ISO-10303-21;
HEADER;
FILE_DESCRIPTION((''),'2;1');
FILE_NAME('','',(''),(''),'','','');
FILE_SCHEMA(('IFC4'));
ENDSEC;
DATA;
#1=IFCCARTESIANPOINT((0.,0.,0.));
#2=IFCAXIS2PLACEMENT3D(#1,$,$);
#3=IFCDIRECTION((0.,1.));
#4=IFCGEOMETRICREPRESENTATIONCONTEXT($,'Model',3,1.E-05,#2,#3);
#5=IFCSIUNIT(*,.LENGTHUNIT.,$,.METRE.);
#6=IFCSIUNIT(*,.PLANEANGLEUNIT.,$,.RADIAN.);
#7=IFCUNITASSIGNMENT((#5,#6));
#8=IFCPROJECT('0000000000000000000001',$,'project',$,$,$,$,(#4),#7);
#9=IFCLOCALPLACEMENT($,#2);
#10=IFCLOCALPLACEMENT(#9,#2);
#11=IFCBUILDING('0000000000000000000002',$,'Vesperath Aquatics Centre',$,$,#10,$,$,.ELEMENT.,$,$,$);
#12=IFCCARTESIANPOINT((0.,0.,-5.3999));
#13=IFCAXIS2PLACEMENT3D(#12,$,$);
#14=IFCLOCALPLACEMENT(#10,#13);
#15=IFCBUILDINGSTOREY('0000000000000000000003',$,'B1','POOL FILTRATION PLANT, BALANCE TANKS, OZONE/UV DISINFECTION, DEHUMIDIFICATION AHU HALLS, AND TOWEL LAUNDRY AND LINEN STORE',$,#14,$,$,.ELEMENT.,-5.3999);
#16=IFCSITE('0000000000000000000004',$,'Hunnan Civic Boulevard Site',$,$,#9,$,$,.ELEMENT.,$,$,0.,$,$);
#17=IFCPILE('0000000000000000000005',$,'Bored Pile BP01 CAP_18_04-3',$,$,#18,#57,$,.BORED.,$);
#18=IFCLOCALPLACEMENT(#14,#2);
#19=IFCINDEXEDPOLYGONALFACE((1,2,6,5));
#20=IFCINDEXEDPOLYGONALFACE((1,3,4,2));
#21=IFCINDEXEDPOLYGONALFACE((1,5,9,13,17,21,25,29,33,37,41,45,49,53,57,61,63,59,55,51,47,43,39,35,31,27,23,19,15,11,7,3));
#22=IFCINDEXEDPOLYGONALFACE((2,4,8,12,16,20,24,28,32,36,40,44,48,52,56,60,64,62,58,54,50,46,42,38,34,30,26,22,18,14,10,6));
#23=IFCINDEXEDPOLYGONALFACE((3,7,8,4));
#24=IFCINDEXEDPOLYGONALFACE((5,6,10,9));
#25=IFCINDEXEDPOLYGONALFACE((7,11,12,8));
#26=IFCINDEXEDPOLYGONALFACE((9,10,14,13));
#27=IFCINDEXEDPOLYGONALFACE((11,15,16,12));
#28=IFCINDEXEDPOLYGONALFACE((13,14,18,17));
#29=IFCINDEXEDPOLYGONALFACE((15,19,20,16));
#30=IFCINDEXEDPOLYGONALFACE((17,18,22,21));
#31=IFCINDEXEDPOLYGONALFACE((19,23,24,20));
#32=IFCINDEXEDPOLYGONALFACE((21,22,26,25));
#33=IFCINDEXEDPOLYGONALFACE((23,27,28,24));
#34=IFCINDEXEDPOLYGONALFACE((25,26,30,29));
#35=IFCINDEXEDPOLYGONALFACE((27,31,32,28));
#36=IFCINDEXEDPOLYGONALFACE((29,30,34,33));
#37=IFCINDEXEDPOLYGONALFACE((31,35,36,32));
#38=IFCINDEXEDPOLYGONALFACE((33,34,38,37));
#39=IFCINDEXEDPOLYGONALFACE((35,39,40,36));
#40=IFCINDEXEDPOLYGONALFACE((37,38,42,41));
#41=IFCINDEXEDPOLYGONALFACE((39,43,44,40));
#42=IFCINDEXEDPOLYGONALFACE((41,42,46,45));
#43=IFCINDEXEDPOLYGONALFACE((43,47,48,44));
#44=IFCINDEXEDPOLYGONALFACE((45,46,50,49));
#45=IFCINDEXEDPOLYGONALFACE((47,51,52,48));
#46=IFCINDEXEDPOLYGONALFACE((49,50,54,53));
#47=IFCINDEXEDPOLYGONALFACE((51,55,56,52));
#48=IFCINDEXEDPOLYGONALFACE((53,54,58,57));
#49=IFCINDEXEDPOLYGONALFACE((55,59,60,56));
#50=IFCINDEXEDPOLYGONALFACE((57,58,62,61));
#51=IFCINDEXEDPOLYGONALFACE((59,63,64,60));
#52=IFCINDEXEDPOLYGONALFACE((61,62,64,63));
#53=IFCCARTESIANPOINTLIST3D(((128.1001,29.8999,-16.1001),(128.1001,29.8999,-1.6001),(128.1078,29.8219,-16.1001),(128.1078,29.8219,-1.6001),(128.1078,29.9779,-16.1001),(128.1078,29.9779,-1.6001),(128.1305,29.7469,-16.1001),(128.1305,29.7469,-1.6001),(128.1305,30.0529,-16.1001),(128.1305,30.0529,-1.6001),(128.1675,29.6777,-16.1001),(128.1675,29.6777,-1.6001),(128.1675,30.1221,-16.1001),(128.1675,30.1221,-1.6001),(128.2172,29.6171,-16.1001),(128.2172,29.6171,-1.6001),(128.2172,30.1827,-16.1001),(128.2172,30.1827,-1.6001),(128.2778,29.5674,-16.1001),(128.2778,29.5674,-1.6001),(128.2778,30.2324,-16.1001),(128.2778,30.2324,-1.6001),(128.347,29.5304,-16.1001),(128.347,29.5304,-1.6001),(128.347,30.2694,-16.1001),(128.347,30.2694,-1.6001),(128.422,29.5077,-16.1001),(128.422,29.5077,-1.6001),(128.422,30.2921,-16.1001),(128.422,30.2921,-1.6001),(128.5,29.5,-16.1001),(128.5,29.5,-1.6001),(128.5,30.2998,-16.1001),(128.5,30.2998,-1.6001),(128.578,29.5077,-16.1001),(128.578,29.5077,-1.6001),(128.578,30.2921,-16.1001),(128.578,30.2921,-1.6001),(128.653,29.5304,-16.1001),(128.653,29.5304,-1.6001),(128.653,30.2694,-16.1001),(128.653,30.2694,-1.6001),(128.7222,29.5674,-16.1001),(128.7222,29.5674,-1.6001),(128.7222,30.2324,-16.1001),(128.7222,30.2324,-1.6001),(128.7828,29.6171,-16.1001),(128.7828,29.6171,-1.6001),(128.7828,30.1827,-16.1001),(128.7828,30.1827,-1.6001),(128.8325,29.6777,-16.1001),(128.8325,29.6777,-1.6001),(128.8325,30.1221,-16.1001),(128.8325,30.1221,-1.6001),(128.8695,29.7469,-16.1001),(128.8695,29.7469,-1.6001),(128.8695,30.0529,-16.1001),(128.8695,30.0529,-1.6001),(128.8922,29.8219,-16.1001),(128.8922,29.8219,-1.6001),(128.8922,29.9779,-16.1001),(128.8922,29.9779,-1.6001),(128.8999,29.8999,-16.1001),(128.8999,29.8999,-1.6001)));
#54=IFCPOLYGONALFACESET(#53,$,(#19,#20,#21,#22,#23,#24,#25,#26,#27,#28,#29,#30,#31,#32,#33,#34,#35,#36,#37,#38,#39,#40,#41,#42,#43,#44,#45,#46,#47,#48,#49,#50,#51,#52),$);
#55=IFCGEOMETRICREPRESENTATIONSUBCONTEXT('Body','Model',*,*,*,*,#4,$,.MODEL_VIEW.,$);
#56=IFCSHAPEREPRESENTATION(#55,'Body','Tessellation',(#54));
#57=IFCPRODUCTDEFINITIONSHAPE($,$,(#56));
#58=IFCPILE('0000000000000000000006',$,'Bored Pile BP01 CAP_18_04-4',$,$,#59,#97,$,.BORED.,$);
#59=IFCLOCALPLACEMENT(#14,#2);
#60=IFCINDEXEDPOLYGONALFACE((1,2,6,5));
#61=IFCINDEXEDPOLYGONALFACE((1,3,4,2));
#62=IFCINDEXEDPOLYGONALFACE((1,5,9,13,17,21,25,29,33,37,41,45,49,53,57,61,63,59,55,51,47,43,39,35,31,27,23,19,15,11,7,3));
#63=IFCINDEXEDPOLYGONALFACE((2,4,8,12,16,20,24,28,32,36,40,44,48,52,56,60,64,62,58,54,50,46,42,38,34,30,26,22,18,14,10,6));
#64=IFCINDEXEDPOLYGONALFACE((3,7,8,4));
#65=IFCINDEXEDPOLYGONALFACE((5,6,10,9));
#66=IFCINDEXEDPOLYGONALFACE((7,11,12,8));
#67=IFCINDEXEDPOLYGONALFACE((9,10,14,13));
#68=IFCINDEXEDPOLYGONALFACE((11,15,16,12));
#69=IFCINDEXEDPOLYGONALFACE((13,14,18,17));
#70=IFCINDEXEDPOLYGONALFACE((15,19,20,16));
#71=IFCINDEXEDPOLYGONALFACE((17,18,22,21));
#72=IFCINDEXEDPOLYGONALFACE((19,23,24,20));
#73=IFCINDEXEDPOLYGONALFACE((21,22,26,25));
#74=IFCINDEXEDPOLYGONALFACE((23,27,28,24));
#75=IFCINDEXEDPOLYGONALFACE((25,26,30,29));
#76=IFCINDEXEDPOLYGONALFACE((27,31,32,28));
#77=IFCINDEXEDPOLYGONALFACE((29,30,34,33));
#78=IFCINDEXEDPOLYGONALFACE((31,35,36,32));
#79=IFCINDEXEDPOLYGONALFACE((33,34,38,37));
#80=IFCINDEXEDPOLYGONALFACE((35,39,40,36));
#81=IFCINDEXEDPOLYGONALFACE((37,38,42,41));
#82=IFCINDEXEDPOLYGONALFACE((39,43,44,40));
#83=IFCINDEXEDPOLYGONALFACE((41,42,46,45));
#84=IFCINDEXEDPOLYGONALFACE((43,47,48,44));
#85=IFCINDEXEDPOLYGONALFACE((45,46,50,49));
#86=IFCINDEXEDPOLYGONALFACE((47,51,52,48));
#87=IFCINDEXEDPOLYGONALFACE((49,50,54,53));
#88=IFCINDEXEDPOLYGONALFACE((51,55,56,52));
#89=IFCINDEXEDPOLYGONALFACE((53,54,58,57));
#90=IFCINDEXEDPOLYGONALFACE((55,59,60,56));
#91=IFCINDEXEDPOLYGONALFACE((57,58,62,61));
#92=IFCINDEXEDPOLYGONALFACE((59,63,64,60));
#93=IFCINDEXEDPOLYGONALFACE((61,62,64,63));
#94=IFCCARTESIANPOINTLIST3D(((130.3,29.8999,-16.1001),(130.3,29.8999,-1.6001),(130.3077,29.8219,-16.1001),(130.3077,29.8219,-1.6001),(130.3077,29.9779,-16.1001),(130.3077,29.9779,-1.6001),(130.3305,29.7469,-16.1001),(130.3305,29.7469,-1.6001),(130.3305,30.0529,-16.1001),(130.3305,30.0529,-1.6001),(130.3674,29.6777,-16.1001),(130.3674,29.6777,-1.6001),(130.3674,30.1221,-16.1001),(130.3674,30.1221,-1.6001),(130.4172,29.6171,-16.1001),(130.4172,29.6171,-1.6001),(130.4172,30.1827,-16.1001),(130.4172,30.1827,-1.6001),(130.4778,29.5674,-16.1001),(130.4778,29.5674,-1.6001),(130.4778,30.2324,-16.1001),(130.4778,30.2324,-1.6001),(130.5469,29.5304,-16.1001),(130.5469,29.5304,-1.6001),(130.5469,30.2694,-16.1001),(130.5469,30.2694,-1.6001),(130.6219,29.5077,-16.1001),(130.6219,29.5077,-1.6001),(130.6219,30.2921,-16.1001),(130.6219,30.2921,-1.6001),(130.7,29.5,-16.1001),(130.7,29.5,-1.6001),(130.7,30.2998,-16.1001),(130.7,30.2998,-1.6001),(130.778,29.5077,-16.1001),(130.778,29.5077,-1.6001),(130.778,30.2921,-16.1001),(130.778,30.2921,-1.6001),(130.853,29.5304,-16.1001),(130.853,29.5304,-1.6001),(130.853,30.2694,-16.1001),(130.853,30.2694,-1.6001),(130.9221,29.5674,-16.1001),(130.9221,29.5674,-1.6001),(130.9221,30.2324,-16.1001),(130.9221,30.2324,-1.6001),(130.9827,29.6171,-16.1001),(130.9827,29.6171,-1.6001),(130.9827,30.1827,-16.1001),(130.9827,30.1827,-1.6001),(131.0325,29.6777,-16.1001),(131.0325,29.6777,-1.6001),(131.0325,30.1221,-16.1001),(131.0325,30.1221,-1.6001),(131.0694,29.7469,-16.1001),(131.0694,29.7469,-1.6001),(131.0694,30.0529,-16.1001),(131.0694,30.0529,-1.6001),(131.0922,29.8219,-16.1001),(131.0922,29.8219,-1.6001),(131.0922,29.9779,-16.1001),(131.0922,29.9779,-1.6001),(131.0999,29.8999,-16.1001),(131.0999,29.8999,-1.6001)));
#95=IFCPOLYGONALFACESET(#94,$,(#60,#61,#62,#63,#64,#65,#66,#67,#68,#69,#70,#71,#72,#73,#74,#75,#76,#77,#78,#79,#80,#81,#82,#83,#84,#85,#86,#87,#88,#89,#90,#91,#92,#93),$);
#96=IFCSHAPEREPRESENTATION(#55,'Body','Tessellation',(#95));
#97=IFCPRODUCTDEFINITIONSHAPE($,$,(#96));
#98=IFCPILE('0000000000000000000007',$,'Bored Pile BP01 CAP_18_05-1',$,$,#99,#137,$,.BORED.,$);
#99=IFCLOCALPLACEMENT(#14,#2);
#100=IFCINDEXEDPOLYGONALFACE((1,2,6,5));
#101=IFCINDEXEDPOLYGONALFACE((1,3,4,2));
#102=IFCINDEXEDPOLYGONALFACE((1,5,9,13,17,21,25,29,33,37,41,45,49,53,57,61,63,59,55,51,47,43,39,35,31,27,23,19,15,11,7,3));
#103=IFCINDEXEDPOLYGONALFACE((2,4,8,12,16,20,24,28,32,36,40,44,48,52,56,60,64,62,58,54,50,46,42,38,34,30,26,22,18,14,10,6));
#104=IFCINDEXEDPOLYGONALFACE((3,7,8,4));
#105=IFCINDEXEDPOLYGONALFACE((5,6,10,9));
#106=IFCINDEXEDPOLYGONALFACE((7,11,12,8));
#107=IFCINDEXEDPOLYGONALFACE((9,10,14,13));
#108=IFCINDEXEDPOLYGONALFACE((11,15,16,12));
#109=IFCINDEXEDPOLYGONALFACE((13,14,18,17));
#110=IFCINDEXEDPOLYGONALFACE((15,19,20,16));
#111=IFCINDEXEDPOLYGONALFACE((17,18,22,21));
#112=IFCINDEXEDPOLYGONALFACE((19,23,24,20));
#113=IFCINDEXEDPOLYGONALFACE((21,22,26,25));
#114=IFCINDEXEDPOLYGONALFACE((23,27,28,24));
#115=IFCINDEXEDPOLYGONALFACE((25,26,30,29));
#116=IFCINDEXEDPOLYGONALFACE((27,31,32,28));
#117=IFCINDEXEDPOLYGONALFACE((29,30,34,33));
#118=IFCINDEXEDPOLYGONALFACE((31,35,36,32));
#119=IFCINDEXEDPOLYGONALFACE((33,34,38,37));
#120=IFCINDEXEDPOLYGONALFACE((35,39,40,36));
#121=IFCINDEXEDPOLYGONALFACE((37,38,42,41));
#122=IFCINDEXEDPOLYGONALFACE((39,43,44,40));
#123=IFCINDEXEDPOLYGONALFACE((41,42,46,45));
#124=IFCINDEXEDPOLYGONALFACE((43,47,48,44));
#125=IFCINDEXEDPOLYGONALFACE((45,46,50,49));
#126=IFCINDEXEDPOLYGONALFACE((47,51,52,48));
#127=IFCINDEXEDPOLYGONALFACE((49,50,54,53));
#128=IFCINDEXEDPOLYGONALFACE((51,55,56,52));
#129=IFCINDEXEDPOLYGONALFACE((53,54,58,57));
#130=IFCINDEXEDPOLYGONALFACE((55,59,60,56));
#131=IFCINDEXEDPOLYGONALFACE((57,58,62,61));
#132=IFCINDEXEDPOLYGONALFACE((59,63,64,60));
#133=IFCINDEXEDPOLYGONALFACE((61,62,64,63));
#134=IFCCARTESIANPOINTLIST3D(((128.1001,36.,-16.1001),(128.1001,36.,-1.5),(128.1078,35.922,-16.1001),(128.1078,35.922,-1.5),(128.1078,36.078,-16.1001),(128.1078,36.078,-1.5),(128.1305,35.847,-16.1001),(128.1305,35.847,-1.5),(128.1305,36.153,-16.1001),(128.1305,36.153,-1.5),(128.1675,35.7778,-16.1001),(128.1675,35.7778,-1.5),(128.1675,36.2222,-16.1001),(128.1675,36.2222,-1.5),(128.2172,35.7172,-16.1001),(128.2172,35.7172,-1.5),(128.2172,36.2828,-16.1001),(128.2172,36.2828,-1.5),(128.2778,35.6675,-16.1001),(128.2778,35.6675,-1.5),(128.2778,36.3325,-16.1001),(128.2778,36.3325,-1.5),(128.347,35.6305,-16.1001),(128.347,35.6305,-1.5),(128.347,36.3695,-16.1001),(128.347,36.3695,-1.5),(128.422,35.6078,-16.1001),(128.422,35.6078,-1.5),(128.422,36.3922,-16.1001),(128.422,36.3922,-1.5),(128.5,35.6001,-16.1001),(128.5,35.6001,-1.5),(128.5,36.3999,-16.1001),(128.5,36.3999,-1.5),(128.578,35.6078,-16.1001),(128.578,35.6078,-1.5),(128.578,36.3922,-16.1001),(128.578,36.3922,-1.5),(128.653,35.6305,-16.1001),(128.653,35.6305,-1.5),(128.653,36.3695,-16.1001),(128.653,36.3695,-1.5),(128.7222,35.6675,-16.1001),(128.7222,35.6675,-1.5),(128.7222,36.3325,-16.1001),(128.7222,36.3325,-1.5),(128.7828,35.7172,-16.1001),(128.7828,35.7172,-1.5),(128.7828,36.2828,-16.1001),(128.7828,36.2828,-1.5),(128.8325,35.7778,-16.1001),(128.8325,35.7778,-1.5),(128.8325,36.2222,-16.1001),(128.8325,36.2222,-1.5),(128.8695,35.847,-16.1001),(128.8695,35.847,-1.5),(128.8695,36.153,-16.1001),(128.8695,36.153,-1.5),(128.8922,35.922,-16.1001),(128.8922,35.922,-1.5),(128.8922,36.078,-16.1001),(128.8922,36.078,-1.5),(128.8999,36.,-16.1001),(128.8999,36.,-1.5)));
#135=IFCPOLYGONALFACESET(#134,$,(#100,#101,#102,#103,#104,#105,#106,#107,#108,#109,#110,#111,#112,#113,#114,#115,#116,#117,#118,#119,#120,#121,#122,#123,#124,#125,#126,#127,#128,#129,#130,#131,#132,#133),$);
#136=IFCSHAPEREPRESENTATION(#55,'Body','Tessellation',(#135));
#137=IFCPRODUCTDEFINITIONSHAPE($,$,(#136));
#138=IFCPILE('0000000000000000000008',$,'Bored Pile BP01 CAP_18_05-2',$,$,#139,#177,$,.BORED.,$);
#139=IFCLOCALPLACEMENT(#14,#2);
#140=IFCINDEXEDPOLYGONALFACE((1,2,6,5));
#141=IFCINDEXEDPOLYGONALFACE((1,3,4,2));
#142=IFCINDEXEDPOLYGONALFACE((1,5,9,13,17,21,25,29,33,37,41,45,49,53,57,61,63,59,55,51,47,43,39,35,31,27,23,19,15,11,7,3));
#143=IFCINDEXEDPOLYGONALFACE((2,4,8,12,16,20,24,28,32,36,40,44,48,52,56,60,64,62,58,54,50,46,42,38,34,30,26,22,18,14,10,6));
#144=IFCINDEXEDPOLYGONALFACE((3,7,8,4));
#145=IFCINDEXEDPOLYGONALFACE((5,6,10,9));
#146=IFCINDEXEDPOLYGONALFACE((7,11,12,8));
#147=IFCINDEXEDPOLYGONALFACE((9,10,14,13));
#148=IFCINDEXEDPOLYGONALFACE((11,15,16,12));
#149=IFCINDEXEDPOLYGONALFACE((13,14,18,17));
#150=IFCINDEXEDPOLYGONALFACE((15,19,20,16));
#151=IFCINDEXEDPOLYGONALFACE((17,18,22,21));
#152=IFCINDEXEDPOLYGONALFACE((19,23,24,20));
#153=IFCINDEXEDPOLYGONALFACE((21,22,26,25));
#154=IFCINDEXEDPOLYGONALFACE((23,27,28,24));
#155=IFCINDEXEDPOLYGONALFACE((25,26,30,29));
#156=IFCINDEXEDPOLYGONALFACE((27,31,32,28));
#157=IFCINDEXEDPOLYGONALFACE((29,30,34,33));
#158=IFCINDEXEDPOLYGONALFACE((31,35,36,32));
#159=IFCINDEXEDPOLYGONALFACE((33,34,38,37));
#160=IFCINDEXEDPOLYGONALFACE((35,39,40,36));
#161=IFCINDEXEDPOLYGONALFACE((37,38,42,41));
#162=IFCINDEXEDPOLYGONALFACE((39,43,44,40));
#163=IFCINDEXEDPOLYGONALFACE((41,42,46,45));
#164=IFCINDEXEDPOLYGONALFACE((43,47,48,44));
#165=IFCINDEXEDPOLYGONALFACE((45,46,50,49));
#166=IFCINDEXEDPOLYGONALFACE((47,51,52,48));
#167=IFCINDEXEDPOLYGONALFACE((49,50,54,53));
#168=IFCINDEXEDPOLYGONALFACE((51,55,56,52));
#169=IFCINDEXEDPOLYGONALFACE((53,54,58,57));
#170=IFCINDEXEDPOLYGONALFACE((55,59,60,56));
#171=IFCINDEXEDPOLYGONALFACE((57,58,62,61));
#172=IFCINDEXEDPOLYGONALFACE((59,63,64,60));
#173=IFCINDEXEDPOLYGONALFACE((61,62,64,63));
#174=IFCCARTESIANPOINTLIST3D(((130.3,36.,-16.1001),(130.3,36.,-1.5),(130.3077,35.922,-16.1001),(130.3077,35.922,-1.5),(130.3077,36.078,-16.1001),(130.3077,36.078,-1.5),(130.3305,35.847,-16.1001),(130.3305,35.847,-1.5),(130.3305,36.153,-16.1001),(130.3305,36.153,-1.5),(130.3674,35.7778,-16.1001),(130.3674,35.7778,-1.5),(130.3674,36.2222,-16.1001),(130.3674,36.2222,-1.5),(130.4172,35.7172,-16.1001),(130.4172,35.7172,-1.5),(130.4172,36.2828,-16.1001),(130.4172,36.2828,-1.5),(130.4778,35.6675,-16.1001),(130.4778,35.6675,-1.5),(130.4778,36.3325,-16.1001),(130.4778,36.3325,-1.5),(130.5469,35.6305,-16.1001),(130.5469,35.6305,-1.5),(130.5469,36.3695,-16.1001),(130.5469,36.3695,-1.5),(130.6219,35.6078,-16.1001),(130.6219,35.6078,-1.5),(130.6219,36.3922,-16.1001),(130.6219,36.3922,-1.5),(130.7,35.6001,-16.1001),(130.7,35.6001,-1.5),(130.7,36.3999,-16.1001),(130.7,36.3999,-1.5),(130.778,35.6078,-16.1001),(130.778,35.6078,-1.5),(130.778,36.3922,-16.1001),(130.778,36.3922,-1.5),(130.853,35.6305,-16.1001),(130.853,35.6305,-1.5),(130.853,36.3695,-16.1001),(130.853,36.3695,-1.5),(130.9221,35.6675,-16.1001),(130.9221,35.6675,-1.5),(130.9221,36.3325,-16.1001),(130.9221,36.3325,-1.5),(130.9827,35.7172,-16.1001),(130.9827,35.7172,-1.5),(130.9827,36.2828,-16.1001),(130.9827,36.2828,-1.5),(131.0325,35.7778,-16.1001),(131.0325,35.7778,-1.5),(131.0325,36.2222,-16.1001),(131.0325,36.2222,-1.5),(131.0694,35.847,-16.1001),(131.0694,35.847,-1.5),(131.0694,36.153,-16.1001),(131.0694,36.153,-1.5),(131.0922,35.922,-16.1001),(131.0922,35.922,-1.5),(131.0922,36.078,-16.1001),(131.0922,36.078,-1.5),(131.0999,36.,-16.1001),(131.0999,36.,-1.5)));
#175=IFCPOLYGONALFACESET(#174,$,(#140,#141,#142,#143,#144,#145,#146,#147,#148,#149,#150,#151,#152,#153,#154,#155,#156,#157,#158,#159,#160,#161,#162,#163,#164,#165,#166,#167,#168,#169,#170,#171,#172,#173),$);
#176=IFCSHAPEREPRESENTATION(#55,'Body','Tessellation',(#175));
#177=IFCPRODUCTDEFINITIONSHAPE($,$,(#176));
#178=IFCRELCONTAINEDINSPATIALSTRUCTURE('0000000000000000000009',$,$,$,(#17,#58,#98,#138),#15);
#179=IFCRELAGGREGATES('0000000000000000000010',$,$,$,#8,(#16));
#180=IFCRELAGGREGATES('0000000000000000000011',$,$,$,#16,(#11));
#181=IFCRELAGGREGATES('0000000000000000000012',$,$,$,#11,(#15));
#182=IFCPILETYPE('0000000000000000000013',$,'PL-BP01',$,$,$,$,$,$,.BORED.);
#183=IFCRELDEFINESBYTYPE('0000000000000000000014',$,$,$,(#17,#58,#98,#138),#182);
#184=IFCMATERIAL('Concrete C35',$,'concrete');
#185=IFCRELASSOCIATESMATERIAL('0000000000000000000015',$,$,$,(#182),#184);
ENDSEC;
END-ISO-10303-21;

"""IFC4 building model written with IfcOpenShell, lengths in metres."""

from ifc_helpers import new_model, si_unit, direction, frame, origin, origin_2d, place, context, subcontext, project, spatial, circle, extrude, material, material_profile, profile_set, type_object, element, save


model = new_model("IFC4")

# Units and contexts
model_context = context("Model", 3, precision=1e-05, world=origin(), true_north=direction((0.0, 1.0)))
body_context = subcontext(model_context, "Body", "Model", "MODEL_VIEW")
ifc_project = project(units=[si_unit("LENGTHUNIT", "METRE"), si_unit("PLANEANGLEUNIT", "RADIAN")], contexts=[model_context])

# Site, building, storey
site_placement = place(None, origin())
site = spatial("IfcSite", under=ifc_project, at=site_placement, Name="Hunnan Civic Boulevard Site", CompositionType="ELEMENT", RefElevation=0.0)
building_placement = place(site_placement, origin())
building = spatial("IfcBuilding", under=site, at=building_placement, Name="Vesperath Aquatics Centre", CompositionType="ELEMENT")
storey_placement = place(building_placement, frame((0.0, 0.0, -5.3999)))
storey = spatial("IfcBuildingStorey", under=building, at=storey_placement, Name="B1", Description="POOL FILTRATION PLANT, BALANCE TANKS, OZONE/UV DISINFECTION, DEHUMIDIFICATION AHU HALLS, AND TOWEL LAUNDRY AND LINEN STORE", CompositionType="ELEMENT", Elevation=-5.3999)

# Piles
ifc_material_1 = material(Name="Concrete C35", Category="concrete")
ifc_material_profile_1 = material_profile(ifc_material_1, circle(Radius=0.3999, at=origin_2d()), Name="PILE D800")
ifc_profile_set_1 = profile_set([ifc_material_profile_1], Name="Concrete C35")
pile_type = type_object("IfcPileType", Name="PL-BP01", PredefinedType="BORED", material=ifc_profile_set_1)
for number, where, z_axis, x_axis, name in (
    (1, (128.5, 29.8999, -1.6001), (0.0, 0.0, -1.0), (1.0, 0.0, 0.0), "Bored Pile BP01 CAP_18_04-3"),
    (2, (130.7, 29.8999, -1.6001), (0.0, 0.0, -1.0), (1.0, 0.0, 0.0), "Bored Pile BP01 CAP_18_04-4"),
):
    element("IfcPile", number, at=place(storey_placement, frame(where, z_axis=z_axis, x_axis=x_axis)), inside=storey, type_object=pile_type, Name=name, PredefinedType="BORED", context=body_context, shape_type="SweptSolid", body=[
        extrude(circle(Radius=0.3999, at=origin_2d()), origin(), (0.0, 0.0, 1.0), 14.5),
    ])
for number, where, z_axis, x_axis, name in (
    (3, (128.5, 36.0, -1.5), (0.0, 0.0, -1.0), (1.0, 0.0, 0.0), "Bored Pile BP01 CAP_18_05-1"),
    (4, (130.7, 36.0, -1.5), (0.0, 0.0, -1.0), (1.0, 0.0, 0.0), "Bored Pile BP01 CAP_18_05-2"),
):
    element("IfcPile", number, at=place(storey_placement, frame(where, z_axis=z_axis, x_axis=x_axis)), inside=storey, type_object=pile_type, Name=name, PredefinedType="BORED", context=body_context, shape_type="SweptSolid", body=[
        extrude(circle(Radius=0.3999, at=origin_2d()), origin(), (0.0, 0.0, 1.0), 14.6001),
    ])

save(model, "model.ifc")
